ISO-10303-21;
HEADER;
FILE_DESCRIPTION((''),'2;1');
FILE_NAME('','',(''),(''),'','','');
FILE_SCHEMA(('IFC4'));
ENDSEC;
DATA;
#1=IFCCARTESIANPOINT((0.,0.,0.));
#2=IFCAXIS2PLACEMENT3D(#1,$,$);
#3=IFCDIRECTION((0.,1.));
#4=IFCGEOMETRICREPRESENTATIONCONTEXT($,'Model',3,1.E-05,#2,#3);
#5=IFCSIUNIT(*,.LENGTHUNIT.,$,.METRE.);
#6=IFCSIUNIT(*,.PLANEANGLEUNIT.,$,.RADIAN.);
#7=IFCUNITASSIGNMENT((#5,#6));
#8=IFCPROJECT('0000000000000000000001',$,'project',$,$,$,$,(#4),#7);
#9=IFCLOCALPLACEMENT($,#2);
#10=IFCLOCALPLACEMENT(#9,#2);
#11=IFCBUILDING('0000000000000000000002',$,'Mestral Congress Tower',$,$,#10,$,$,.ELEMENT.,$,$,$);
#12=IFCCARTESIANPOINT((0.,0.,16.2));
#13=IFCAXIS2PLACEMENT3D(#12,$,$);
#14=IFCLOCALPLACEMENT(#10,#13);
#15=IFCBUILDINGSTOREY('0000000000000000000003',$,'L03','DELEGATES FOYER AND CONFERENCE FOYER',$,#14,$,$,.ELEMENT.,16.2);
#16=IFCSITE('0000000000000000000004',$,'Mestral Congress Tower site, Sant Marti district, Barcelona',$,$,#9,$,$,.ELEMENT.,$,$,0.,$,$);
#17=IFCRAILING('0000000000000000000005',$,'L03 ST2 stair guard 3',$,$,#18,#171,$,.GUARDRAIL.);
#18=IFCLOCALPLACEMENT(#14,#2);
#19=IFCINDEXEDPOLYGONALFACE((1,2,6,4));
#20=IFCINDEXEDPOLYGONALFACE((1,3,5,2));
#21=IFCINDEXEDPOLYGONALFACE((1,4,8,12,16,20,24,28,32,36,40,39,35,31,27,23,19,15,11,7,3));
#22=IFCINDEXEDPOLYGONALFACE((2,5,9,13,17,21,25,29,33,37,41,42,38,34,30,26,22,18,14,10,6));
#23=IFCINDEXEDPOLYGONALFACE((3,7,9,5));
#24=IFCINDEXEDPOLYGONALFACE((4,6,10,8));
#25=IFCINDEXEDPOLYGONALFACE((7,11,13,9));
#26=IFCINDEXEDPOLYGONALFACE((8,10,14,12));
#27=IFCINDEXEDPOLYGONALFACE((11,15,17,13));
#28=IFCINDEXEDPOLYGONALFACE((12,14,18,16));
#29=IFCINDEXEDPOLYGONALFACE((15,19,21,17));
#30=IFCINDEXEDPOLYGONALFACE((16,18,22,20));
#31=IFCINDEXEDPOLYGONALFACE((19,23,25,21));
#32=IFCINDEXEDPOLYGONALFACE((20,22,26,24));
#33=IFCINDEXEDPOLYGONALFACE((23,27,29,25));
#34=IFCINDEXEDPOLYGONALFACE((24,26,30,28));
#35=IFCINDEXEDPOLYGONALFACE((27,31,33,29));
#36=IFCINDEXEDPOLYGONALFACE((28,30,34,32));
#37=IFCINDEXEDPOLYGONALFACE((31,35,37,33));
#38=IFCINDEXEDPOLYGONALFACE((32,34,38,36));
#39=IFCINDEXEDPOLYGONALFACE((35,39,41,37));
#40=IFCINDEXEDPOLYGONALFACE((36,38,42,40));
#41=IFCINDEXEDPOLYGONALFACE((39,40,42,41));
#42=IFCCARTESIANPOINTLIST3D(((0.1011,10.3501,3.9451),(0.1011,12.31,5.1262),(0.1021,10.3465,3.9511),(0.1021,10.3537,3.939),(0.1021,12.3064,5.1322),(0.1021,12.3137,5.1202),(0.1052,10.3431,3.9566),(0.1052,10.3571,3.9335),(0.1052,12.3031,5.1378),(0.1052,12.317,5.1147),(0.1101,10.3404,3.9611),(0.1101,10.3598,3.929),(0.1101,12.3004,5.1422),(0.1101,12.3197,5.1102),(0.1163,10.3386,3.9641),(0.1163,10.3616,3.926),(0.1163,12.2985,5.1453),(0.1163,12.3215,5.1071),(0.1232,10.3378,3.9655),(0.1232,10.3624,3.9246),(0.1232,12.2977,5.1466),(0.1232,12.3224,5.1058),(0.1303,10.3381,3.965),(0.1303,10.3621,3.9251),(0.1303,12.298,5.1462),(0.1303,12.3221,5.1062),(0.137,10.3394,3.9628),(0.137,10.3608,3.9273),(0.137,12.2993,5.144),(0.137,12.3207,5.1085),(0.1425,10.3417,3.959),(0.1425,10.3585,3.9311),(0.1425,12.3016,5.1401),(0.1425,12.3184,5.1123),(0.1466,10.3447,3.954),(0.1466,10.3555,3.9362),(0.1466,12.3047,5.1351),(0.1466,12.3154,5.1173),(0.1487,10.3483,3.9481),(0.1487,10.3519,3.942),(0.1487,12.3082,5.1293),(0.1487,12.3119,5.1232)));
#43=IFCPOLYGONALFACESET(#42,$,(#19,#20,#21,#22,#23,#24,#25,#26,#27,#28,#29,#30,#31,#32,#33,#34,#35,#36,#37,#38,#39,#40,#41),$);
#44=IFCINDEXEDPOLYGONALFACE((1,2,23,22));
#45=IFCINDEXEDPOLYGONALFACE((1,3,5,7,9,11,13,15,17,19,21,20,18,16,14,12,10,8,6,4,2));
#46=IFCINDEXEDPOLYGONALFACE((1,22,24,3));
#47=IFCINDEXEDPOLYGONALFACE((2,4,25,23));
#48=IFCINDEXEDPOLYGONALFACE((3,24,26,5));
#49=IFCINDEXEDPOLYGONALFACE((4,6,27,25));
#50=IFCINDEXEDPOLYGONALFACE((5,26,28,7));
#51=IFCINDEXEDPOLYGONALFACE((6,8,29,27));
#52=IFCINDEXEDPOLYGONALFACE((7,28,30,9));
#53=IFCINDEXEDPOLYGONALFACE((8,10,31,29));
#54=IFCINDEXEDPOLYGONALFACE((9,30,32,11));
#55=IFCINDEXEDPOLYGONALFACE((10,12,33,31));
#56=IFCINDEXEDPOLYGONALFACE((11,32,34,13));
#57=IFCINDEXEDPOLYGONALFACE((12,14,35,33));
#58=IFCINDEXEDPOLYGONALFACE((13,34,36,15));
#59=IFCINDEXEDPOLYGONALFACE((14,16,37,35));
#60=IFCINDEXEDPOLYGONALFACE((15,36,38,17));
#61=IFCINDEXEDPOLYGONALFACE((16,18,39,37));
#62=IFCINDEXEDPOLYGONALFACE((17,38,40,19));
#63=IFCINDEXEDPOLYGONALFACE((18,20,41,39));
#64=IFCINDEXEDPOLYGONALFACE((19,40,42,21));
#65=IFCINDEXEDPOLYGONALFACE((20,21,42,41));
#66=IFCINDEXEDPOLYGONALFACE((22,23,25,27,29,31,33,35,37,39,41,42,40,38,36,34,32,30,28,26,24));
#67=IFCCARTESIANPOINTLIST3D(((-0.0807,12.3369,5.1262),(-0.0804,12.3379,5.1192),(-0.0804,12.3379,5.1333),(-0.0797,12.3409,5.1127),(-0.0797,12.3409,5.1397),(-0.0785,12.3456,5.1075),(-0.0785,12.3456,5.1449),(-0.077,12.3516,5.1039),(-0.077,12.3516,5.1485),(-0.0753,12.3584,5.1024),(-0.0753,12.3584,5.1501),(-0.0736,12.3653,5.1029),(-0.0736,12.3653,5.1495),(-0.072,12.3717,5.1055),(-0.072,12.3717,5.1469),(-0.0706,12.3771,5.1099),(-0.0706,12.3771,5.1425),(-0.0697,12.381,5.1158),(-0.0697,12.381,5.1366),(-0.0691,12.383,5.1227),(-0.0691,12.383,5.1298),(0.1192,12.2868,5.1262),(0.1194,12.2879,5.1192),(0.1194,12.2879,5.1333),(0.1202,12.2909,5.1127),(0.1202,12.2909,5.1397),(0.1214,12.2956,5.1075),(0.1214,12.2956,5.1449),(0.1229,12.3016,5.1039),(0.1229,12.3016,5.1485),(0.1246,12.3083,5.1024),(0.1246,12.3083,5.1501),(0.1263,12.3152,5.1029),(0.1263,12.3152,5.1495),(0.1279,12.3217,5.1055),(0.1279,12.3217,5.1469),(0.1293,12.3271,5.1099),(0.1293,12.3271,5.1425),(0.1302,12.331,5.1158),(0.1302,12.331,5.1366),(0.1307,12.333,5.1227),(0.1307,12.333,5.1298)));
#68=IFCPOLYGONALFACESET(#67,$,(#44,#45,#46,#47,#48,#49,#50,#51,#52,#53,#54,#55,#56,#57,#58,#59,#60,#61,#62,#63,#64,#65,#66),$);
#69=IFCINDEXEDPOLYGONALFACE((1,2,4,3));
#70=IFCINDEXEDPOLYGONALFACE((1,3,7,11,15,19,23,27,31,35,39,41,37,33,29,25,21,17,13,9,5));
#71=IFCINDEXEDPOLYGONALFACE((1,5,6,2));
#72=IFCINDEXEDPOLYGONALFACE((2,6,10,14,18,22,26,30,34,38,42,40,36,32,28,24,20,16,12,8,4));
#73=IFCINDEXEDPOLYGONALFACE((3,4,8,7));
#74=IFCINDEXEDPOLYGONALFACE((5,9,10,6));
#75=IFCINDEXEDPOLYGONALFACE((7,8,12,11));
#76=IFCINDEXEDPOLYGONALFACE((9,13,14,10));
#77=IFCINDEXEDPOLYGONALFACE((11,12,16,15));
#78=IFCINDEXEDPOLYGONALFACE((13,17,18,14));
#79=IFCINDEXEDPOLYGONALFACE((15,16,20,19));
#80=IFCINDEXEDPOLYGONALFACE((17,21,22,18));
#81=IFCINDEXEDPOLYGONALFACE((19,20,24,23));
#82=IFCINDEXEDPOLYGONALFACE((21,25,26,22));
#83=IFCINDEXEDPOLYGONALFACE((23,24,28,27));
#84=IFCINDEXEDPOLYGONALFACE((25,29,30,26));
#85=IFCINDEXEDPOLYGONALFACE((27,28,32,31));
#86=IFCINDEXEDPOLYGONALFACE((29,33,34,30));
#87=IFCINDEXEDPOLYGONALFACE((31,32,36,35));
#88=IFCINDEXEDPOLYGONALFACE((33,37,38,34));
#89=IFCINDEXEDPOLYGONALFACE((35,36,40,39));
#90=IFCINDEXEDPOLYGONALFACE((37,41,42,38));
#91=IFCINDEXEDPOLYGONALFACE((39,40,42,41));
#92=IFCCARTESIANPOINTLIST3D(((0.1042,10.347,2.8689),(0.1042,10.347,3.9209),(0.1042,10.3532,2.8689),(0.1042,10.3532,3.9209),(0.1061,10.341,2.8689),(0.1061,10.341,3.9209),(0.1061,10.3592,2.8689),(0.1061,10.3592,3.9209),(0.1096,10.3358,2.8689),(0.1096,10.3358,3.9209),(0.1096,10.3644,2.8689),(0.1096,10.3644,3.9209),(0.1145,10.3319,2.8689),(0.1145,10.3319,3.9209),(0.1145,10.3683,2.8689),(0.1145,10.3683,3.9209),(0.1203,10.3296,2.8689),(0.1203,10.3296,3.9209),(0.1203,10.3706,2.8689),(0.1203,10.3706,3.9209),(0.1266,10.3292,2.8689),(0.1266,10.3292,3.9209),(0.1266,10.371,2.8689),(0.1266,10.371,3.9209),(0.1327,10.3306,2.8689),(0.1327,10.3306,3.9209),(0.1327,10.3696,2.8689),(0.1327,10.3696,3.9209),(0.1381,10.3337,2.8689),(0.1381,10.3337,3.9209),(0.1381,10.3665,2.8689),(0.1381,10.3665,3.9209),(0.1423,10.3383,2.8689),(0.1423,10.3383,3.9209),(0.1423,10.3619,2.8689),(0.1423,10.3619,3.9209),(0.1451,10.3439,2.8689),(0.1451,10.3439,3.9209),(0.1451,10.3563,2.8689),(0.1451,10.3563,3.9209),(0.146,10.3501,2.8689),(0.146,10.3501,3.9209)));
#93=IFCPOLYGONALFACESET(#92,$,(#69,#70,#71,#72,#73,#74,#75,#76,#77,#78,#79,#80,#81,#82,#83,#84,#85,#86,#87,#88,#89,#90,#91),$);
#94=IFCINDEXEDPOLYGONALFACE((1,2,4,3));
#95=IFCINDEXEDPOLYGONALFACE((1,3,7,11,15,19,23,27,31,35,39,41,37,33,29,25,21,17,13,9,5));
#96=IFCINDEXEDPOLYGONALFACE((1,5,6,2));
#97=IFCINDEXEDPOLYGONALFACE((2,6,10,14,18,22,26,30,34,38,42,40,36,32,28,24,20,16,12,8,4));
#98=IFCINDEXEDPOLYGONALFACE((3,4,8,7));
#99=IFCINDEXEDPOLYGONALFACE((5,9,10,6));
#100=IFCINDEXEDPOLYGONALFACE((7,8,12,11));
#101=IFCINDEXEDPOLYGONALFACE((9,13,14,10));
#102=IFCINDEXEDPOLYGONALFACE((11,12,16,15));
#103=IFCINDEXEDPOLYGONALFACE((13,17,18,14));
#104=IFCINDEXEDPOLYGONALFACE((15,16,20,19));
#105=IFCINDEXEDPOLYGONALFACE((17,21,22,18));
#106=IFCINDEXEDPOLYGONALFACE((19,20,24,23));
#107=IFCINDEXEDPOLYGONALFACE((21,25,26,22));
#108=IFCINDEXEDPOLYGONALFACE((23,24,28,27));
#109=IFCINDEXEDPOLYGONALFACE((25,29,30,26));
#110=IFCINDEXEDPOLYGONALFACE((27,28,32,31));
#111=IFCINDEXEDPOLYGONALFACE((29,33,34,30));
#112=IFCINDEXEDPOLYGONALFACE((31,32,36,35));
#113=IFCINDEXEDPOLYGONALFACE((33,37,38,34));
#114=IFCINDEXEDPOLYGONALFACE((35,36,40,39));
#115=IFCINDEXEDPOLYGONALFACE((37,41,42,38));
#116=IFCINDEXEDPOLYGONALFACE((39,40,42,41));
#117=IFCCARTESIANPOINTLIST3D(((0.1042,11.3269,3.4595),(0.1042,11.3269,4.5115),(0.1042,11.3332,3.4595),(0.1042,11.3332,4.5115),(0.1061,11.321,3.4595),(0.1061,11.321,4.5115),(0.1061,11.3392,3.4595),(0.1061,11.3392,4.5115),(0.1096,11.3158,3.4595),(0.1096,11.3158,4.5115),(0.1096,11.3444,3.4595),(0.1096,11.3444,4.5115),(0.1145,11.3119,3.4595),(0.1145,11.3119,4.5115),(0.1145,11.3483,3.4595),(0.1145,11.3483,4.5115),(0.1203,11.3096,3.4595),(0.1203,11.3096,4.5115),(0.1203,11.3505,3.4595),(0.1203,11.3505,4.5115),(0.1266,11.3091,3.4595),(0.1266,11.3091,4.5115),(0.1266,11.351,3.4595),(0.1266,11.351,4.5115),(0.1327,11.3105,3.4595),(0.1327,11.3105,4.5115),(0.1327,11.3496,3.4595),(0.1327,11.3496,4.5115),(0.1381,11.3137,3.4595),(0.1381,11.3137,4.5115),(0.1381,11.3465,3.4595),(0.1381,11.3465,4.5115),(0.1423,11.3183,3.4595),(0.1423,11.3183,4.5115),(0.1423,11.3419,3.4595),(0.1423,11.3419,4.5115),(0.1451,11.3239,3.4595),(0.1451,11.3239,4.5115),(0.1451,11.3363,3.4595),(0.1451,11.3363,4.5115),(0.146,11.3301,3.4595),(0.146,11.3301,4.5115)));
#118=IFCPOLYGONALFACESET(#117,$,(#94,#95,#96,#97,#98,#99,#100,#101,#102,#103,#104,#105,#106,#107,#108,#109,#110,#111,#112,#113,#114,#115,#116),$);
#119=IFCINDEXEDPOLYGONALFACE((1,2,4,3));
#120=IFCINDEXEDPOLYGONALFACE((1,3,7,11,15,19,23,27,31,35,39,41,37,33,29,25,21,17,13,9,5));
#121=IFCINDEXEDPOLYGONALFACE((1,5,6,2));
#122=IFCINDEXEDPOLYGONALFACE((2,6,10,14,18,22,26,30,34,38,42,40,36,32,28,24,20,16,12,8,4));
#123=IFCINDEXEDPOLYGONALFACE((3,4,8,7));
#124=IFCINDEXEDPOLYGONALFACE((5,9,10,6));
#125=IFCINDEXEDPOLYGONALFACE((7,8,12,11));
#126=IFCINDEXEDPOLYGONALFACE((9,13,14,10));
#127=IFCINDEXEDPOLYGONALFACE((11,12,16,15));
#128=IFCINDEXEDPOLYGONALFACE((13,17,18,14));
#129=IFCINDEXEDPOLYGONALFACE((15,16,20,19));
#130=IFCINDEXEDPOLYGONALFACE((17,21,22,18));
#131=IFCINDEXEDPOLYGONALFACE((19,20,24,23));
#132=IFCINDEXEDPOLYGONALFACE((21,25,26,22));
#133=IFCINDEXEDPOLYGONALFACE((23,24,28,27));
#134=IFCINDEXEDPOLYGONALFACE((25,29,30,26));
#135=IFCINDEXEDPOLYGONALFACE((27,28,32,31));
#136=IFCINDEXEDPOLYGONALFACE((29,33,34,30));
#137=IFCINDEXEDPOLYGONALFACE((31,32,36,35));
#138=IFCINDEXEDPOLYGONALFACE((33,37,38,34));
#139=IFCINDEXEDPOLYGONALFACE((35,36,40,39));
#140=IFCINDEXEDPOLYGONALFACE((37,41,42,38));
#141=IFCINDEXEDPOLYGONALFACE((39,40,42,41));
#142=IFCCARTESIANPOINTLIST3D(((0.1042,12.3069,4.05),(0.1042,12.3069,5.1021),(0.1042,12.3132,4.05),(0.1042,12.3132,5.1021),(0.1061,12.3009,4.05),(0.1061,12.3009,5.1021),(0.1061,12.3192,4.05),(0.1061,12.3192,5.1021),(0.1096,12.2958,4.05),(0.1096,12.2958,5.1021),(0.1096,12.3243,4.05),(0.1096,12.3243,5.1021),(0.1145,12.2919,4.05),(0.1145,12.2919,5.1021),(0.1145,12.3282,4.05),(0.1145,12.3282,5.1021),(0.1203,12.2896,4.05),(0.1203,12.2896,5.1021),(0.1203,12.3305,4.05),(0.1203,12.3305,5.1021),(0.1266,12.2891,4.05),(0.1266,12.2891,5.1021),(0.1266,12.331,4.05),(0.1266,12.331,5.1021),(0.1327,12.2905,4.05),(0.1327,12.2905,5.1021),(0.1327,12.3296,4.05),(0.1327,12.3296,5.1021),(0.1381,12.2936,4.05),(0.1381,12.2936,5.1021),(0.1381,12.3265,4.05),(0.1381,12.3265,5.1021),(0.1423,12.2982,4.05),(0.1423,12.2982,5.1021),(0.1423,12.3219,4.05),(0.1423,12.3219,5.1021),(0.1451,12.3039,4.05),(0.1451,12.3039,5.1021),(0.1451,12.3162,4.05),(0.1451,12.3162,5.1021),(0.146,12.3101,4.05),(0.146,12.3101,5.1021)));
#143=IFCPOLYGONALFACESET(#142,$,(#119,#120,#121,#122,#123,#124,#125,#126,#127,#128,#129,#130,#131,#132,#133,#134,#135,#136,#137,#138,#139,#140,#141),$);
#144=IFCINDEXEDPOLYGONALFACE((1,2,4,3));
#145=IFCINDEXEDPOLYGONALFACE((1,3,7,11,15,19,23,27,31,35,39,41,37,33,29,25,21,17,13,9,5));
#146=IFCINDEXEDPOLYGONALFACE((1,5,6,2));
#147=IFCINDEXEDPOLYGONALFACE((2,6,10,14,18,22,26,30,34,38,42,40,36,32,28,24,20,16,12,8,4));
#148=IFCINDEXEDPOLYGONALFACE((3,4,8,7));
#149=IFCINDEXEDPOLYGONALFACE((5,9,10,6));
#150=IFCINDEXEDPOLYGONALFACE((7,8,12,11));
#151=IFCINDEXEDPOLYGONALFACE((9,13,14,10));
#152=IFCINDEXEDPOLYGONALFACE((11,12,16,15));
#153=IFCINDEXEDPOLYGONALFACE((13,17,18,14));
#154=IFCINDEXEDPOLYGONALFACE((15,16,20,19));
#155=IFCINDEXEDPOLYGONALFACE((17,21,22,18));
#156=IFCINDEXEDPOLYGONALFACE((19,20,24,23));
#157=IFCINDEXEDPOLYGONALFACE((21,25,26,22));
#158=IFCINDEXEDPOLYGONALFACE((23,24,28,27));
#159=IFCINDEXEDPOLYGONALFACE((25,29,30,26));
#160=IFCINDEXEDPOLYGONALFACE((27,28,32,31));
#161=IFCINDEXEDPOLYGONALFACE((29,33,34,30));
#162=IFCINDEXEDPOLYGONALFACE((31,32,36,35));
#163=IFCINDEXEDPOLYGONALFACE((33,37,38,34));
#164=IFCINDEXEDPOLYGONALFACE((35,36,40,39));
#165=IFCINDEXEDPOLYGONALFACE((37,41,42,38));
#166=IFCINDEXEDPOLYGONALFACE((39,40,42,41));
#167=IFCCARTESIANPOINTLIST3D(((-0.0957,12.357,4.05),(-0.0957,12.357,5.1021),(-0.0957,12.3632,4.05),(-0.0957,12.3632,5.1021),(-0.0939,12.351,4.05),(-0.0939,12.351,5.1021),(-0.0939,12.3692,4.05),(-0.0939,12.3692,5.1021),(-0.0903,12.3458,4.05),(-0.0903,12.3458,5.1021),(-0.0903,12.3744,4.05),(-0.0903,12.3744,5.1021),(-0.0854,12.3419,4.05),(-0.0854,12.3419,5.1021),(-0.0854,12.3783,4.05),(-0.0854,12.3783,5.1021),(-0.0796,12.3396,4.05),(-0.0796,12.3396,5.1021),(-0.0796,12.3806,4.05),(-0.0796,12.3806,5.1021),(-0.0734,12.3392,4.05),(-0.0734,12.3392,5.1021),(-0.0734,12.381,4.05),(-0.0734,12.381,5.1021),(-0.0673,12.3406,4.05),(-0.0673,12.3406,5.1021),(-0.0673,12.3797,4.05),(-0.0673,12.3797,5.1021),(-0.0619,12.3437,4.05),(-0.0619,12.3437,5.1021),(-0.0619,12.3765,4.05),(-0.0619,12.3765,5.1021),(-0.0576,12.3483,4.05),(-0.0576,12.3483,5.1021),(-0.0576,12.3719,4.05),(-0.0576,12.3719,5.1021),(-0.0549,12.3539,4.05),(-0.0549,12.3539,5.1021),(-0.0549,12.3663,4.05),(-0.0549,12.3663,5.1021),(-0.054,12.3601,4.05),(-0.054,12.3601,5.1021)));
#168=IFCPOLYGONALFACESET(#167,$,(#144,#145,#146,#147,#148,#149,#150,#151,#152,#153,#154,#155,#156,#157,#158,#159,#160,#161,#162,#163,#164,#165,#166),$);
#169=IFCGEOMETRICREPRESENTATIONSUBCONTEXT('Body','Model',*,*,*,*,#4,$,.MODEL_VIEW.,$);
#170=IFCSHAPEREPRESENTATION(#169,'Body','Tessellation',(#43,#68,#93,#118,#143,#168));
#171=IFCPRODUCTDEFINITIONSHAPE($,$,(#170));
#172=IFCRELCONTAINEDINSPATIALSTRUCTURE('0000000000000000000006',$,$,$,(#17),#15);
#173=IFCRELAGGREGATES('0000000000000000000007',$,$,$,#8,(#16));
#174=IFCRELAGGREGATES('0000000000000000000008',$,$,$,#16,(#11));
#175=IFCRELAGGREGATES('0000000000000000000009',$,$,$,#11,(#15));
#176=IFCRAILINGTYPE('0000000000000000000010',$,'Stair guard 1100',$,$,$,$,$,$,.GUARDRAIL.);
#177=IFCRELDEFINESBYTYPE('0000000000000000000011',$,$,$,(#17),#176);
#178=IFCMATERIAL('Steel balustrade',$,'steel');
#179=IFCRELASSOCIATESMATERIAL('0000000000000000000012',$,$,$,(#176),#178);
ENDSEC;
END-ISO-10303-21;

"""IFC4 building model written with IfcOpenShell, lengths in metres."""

from ifc_helpers import new_model, si_unit, direction, frame, origin, origin_2d, place, context, subcontext, project, spatial, circle, extrude, material, type_object, element, save


model = new_model("IFC4")

# Units and contexts
model_context = context("Model", 3, precision=1e-05, world=origin(), true_north=direction((0.0, 1.0)))
body_context = subcontext(model_context, "Body", "Model", "MODEL_VIEW")
ifc_project = project(units=[si_unit("LENGTHUNIT", "METRE"), si_unit("PLANEANGLEUNIT", "RADIAN")], contexts=[model_context])

# Site, building, storey
site_placement = place(None, origin())
site = spatial("IfcSite", under=ifc_project, at=site_placement, Name="Mestral Congress Tower site, Sant Marti district, Barcelona", CompositionType="ELEMENT", RefElevation=0.0)
building_placement = place(site_placement, origin())
building = spatial("IfcBuilding", under=site, at=building_placement, Name="Mestral Congress Tower", CompositionType="ELEMENT")
storey_placement = place(building_placement, frame((0.0, 0.0, 16.2)))
storey = spatial("IfcBuildingStorey", under=building, at=storey_placement, Name="L03", Description="DELEGATES FOYER AND CONFERENCE FOYER", CompositionType="ELEMENT", Elevation=16.2)

# Railing
ifc_material_1 = material(Name="Steel balustrade", Category="steel")
railing_type_1 = type_object("IfcRailingType", Name="Stair guard 1100", PredefinedType="GUARDRAIL", material=ifc_material_1)
railing_1_placement = place(storey_placement, frame((0.125, 10.3501, 2.8689)))
element("IfcRailing", 1, at=railing_1_placement, inside=storey, type_object=railing_type_1, Name="L03 ST2 stair guard 3", PredefinedType="GUARDRAIL", context=body_context, shape_type="SweptSolid", body=[
    extrude(circle(Radius=0.0239, at=origin_2d()), frame((0.0, 0.0, 1.0762), z_axis=(0.0, 0.856493, 0.516158), x_axis=(-1.0, 0.0, 0.0)), (0.0, 0.0, 1.0), 2.2883),
    extrude(circle(Radius=0.0239, at=origin_2d()), frame((0.0, 1.96, 2.2573), z_axis=(-0.970073, 0.242814, 0.0), x_axis=(-0.242814, -0.970073, 0.0)), (0.0, 0.0, 1.0), 0.2061),
    extrude(circle(Radius=0.021, at=origin_2d()), origin(), (0.0, 0.0, 1.0), 1.052),
    extrude(circle(Radius=0.021, at=origin_2d()), frame((0.0, 0.98, 0.5906)), (0.0, 0.0, 1.0), 1.052),
    extrude(circle(Radius=0.021, at=origin_2d()), frame((0.0, 1.96, 1.1812)), (0.0, 0.0, 1.0), 1.052),
    extrude(circle(Radius=0.021, at=origin_2d()), frame((-0.2, 2.01, 1.1812)), (0.0, 0.0, 1.0), 1.052),
])

save(model, "model.ifc")
